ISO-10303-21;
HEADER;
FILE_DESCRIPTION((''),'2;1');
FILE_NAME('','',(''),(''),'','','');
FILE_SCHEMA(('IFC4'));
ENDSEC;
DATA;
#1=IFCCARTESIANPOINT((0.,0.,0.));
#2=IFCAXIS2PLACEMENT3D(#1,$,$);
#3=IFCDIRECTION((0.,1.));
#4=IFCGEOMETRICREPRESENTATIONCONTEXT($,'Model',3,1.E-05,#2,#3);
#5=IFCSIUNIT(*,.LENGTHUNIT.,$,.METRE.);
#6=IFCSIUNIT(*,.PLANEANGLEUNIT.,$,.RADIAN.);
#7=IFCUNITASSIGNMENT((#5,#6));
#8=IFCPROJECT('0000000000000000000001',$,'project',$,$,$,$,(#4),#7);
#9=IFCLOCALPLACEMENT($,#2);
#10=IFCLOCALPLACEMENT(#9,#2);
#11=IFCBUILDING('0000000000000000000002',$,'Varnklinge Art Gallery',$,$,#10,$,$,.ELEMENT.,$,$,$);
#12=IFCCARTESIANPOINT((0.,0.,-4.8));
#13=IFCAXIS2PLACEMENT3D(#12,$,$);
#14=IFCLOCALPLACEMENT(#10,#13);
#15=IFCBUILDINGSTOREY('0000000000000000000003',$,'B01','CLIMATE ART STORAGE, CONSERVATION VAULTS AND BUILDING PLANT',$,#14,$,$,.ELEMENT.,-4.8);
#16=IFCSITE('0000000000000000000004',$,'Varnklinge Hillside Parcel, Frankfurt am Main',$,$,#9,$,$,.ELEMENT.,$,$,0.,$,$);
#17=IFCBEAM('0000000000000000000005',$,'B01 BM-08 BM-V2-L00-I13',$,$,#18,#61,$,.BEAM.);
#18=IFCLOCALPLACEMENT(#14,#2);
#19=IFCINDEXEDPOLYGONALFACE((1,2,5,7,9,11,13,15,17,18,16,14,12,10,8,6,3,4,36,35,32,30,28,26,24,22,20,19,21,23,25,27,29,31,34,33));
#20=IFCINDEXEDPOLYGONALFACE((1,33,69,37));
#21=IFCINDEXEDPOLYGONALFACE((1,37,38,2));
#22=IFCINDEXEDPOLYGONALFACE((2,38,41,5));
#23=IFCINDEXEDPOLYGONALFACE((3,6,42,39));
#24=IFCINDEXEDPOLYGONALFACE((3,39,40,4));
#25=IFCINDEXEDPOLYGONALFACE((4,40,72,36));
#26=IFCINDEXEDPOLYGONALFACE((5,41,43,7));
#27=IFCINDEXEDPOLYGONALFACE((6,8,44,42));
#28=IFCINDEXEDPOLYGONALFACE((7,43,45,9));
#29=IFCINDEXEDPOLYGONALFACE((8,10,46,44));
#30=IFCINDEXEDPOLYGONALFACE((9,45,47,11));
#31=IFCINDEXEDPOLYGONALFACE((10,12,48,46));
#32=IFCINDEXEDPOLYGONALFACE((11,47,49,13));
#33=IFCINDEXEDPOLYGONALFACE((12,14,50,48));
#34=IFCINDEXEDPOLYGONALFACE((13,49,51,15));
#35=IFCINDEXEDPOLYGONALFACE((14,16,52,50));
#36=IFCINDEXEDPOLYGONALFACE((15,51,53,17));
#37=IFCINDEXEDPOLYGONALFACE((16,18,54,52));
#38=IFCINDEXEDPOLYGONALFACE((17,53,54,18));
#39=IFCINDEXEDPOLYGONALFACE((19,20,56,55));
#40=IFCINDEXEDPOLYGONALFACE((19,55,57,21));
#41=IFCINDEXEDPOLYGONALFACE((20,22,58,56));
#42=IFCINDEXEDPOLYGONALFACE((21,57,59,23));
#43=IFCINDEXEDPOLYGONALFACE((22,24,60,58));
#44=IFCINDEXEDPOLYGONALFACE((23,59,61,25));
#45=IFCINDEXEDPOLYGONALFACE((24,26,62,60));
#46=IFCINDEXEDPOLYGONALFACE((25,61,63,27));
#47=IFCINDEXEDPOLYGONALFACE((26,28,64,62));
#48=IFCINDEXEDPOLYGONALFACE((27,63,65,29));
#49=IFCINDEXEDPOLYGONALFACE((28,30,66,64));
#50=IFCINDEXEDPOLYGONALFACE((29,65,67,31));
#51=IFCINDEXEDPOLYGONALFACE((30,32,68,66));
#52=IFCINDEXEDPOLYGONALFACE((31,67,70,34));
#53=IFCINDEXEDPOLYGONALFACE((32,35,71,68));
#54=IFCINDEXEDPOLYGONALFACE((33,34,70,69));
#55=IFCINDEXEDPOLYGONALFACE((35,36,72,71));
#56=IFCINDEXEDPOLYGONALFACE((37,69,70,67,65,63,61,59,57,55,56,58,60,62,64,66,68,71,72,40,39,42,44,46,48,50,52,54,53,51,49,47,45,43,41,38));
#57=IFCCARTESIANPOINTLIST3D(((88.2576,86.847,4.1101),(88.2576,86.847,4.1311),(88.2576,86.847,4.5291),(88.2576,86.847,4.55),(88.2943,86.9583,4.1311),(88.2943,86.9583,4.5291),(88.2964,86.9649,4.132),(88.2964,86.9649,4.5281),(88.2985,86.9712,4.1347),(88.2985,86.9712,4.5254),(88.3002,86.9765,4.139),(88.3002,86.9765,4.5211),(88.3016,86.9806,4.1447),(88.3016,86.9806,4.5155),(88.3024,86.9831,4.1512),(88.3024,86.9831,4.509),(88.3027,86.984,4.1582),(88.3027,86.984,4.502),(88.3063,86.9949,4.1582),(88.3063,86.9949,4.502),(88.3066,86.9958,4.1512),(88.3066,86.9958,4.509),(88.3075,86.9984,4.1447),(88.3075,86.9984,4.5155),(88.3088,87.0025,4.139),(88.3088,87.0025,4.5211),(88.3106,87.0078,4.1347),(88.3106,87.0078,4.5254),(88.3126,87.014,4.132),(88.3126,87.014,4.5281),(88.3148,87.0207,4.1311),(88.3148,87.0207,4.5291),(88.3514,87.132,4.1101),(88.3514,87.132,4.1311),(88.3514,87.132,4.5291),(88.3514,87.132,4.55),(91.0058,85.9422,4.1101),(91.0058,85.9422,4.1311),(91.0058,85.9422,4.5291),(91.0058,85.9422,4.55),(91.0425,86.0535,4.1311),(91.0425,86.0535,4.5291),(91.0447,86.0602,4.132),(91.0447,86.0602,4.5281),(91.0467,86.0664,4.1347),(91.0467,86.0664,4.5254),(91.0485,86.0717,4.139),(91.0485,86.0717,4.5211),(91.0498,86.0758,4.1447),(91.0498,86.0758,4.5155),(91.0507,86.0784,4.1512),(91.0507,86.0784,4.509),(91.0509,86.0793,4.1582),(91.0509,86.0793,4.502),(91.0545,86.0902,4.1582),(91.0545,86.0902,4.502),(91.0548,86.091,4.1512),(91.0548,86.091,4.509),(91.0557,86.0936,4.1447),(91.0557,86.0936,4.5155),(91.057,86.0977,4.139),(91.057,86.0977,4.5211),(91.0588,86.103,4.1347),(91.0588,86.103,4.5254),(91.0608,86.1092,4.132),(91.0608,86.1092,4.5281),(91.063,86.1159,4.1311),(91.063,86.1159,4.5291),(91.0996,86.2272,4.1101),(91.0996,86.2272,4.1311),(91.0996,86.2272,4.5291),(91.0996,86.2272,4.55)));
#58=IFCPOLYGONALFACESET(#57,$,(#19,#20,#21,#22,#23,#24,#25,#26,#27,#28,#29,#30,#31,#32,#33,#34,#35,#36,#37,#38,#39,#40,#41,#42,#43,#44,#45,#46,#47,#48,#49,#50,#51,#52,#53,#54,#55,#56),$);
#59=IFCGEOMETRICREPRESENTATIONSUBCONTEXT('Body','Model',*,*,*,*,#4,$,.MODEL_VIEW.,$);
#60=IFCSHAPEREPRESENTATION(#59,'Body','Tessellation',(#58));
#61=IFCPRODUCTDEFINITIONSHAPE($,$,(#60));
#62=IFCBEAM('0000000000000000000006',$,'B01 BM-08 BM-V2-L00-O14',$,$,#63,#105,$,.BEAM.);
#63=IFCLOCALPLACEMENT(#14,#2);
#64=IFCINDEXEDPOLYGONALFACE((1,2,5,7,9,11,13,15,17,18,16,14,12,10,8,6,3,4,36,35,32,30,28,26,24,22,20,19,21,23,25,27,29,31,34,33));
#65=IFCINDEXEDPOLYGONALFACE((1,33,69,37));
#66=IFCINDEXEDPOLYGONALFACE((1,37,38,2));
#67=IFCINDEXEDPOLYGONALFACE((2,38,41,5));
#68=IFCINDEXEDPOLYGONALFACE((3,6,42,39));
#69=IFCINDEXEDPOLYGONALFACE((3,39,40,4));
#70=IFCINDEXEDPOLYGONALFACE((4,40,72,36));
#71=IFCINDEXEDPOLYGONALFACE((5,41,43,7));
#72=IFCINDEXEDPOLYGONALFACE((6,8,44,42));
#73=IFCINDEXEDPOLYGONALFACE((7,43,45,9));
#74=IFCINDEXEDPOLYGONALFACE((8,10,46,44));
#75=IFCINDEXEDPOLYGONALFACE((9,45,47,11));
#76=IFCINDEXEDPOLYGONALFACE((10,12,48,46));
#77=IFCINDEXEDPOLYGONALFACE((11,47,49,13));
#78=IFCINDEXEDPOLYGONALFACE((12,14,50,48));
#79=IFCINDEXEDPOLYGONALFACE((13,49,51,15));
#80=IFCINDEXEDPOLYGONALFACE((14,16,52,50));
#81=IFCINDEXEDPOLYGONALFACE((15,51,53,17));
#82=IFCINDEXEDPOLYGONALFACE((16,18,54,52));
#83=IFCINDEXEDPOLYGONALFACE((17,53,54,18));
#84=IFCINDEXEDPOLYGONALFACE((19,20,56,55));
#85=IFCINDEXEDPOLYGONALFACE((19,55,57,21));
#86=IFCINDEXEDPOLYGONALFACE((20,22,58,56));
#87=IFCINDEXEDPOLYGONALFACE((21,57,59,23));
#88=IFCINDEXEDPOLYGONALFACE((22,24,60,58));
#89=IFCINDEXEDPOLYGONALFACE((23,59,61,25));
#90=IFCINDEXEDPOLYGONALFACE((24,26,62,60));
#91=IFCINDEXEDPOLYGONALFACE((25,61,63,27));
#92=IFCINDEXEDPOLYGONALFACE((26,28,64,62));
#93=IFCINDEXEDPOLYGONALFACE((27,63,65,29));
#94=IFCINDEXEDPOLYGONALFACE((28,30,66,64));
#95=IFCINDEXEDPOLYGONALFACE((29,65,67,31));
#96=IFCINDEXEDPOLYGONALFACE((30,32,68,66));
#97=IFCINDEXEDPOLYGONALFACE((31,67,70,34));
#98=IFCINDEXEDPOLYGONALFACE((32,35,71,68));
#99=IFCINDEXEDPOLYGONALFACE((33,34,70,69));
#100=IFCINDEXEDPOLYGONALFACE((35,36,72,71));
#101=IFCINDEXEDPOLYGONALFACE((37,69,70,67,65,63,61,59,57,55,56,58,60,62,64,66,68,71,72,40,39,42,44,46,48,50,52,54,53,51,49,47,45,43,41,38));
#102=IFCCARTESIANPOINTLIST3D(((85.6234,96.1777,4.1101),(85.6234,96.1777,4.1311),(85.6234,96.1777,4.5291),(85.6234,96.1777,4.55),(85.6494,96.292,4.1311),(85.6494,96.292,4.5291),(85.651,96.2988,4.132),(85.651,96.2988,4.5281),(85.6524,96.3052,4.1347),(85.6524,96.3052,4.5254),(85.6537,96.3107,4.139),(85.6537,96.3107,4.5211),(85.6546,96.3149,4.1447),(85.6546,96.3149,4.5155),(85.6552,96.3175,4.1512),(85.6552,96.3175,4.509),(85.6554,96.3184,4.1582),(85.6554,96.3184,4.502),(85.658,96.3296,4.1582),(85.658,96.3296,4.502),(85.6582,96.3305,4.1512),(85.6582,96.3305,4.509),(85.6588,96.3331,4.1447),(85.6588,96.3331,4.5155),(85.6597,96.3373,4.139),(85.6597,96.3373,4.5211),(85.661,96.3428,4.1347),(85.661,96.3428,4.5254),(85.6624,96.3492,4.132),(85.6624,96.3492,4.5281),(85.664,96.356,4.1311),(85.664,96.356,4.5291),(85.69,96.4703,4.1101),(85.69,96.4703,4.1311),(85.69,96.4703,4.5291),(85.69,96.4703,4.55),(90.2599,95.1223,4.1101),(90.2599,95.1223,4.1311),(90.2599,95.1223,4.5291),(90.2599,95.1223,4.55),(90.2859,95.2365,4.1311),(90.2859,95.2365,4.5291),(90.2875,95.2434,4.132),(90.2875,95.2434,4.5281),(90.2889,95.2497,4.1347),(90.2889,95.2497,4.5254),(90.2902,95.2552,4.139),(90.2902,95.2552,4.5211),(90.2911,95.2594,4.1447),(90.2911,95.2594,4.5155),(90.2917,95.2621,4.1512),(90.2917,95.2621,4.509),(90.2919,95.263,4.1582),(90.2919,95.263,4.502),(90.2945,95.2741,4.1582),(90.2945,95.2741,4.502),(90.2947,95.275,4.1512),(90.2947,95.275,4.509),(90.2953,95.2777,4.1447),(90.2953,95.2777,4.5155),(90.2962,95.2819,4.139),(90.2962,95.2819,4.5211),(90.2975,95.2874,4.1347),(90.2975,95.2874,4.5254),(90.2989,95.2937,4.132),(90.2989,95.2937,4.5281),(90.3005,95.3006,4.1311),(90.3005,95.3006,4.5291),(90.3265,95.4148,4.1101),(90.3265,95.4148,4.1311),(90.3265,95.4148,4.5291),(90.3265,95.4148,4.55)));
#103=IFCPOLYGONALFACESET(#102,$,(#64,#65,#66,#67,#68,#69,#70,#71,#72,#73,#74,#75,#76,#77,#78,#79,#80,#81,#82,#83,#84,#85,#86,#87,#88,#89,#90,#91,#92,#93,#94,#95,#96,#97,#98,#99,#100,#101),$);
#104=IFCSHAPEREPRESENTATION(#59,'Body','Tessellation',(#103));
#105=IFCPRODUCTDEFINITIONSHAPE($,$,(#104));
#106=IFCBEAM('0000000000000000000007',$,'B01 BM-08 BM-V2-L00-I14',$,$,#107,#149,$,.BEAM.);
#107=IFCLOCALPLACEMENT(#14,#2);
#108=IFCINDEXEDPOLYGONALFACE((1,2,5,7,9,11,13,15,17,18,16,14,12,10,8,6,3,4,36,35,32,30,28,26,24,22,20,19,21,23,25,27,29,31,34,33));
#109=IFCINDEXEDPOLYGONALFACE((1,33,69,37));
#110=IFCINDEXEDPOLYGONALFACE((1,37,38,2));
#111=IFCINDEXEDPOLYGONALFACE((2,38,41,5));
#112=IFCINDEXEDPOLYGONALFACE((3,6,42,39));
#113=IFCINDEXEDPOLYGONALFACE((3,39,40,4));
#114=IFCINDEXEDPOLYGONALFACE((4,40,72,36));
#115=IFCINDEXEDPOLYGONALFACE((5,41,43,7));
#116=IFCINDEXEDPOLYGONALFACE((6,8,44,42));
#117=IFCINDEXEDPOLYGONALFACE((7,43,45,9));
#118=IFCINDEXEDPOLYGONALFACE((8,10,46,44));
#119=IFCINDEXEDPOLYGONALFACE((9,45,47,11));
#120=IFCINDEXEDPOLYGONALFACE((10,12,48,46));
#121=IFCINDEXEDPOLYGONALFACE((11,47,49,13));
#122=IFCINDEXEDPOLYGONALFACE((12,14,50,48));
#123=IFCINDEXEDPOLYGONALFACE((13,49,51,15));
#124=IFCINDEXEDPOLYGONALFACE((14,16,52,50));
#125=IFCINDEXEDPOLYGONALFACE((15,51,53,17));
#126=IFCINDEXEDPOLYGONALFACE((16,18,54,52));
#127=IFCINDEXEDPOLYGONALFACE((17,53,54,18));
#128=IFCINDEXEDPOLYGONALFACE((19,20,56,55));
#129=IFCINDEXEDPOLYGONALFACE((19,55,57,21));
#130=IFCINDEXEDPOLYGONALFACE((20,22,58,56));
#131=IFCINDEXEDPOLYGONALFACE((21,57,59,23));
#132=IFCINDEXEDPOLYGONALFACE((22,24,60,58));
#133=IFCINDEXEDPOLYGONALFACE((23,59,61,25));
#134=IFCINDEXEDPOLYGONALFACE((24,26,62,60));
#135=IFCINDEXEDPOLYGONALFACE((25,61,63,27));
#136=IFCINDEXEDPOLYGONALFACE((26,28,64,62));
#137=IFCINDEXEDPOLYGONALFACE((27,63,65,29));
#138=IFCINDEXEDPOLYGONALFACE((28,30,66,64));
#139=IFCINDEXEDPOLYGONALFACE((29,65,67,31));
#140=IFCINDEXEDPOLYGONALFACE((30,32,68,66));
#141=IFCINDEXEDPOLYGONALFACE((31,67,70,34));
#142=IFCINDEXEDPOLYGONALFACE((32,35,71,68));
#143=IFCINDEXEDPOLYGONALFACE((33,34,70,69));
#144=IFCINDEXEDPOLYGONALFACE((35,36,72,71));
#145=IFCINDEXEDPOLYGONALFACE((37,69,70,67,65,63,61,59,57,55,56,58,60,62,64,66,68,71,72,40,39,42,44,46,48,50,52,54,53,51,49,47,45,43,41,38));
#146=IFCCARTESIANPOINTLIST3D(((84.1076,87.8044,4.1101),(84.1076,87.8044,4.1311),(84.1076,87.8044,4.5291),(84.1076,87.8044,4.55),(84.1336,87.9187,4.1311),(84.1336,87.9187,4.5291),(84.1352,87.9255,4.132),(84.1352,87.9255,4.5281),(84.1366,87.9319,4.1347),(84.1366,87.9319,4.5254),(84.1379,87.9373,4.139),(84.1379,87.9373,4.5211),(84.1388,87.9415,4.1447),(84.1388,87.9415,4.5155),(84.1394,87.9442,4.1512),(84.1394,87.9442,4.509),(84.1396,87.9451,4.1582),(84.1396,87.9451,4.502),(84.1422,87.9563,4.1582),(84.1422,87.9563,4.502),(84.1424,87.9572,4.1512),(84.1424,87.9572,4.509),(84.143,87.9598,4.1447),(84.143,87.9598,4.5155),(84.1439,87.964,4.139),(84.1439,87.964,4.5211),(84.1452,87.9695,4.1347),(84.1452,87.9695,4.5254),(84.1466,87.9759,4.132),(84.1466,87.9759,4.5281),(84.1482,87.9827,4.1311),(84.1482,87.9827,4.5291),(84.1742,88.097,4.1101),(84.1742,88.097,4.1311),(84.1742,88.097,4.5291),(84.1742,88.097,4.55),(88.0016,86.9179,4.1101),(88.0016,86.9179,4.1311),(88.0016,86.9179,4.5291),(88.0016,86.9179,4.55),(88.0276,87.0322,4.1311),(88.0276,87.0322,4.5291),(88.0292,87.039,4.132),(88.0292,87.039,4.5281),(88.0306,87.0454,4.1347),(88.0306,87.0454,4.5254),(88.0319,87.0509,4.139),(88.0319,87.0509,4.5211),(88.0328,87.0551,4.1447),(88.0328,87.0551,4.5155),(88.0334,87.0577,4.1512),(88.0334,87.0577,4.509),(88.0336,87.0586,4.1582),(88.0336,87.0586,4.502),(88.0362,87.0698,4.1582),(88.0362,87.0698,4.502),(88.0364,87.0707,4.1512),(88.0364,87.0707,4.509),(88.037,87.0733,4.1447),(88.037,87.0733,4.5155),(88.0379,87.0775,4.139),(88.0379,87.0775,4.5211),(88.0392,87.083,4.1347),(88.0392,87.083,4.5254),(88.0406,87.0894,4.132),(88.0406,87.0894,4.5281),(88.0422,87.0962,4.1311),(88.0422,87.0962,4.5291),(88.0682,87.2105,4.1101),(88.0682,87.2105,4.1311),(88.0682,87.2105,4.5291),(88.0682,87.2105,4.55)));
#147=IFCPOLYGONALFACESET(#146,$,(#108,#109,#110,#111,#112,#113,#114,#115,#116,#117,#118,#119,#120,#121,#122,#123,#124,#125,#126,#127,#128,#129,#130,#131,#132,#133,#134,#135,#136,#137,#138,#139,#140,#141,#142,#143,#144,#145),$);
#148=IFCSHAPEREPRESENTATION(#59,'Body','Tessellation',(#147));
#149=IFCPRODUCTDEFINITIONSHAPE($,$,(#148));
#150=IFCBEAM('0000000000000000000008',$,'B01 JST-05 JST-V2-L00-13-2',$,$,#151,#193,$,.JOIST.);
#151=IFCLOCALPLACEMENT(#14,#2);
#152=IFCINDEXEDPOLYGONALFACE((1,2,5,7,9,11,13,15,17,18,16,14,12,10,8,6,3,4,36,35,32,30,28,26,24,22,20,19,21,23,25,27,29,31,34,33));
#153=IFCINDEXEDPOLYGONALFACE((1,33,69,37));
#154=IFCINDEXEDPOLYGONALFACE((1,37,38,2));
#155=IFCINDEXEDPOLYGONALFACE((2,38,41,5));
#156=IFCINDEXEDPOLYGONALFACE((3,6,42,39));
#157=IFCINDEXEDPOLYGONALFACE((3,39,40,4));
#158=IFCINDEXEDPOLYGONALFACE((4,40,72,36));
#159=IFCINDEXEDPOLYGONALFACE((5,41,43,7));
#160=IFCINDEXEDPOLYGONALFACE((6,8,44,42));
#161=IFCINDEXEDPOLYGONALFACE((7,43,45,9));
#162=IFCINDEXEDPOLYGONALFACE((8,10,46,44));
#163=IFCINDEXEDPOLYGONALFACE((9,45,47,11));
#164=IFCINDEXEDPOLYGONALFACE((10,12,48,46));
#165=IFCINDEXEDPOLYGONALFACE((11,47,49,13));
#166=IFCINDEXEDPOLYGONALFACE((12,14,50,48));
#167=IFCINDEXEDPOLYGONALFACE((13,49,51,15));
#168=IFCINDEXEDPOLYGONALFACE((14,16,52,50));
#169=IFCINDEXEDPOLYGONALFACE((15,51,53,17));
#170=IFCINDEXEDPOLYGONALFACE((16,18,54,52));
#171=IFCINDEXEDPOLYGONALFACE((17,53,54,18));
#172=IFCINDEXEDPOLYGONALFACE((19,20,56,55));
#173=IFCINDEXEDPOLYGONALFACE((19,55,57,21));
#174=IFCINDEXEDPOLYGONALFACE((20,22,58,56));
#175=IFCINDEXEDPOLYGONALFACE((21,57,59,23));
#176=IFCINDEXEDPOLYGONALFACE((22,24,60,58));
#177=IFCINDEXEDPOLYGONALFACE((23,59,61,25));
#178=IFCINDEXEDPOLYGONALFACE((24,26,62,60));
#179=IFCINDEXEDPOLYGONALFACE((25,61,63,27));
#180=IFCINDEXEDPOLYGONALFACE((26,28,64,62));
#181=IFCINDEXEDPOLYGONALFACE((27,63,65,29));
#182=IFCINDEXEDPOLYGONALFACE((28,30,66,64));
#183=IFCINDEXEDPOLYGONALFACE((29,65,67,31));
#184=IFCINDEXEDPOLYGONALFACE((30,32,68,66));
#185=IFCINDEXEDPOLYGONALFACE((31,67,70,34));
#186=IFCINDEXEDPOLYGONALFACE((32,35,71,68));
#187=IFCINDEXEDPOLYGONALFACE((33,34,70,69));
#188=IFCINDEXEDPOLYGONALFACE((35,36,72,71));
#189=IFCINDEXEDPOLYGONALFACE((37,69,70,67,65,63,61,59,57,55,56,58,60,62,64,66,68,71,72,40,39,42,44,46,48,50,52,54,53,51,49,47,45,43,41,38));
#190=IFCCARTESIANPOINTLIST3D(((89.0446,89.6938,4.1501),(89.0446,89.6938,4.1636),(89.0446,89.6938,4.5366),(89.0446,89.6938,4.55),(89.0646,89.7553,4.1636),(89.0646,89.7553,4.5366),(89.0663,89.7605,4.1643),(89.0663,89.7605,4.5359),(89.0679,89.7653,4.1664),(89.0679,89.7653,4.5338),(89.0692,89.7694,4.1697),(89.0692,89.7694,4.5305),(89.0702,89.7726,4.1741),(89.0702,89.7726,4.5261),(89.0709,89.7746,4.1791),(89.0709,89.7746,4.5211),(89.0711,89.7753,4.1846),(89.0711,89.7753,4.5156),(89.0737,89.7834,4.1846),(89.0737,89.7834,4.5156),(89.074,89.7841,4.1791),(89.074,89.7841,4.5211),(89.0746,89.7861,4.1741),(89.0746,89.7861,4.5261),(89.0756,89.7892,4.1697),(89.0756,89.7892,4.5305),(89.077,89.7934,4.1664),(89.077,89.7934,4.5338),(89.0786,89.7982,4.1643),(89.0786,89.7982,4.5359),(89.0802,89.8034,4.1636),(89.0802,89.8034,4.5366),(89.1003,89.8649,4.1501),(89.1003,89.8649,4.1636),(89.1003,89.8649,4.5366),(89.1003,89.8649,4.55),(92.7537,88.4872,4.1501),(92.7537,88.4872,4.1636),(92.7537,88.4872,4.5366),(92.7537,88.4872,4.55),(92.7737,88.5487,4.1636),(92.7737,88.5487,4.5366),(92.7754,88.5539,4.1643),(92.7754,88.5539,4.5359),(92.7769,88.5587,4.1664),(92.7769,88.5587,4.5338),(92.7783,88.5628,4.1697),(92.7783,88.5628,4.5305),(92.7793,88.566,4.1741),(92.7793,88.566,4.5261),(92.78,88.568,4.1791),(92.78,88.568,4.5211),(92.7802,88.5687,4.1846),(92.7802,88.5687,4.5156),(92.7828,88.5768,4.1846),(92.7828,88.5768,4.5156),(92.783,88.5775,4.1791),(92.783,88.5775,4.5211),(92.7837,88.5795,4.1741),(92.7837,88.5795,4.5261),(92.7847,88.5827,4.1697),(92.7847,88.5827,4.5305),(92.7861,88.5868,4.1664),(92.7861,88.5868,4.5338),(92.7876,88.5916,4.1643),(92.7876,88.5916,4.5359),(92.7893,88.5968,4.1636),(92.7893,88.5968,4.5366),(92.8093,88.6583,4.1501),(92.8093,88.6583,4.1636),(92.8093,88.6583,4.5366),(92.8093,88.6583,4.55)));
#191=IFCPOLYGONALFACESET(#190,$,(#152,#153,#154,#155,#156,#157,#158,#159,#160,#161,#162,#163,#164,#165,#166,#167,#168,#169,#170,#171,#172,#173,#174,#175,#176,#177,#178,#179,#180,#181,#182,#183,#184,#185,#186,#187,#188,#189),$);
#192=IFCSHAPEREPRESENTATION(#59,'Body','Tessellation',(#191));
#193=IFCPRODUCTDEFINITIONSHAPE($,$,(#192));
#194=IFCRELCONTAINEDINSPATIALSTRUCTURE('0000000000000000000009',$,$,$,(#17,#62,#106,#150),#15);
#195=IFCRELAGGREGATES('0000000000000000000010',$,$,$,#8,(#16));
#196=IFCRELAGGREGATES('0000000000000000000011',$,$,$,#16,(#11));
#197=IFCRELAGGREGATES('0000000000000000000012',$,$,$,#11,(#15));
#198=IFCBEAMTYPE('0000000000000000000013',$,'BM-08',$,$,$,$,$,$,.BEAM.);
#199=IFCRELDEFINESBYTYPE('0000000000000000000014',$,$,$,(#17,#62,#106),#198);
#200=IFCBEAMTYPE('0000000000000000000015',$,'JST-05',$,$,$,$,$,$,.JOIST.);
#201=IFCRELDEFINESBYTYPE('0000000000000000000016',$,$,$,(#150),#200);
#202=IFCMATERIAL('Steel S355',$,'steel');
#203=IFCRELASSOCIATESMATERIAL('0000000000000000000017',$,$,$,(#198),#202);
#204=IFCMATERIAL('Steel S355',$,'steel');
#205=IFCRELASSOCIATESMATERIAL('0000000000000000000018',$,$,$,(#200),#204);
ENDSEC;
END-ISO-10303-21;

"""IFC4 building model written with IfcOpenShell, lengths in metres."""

from ifc_helpers import new_model, si_unit, direction, frame, origin, origin_2d, place, context, subcontext, project, spatial, i_section, extrude, material, material_profile, profile_set, type_object, element, save


model = new_model("IFC4")

# Units and contexts
model_context = context("Model", 3, precision=1e-05, world=origin(), true_north=direction((0.0, 1.0)))
body_context = subcontext(model_context, "Body", "Model", "MODEL_VIEW")
ifc_project = project(units=[si_unit("LENGTHUNIT", "METRE"), si_unit("PLANEANGLEUNIT", "RADIAN")], contexts=[model_context])

# Site, building, storey
site_placement = place(None, origin())
site = spatial("IfcSite", under=ifc_project, at=site_placement, Name="Varnklinge Hillside Parcel, Frankfurt am Main", CompositionType="ELEMENT", RefElevation=0.0)
building_placement = place(site_placement, origin())
building = spatial("IfcBuilding", under=site, at=building_placement, Name="Varnklinge Art Gallery", CompositionType="ELEMENT")
storey_placement = place(building_placement, frame((0.0, 0.0, -4.8)))
storey = spatial("IfcBuildingStorey", under=building, at=storey_placement, Name="B01", Description="CLIMATE ART STORAGE, CONSERVATION VAULTS AND BUILDING PLANT", CompositionType="ELEMENT", Elevation=-4.8)

# Beams
ifc_material_1 = material(Name="Steel S355", Category="steel")
ifc_material_profile_1 = material_profile(ifc_material_1, i_section(OverallWidth=0.3, OverallDepth=0.4399, WebThickness=0.0115, FlangeThickness=0.021, FilletRadius=0.0271, at=origin_2d()), Name="HEA 450")
ifc_profile_set_1 = profile_set([ifc_material_profile_1], Name="Steel S355")
beam_type_1 = type_object("IfcBeamType", Name="BM-08", PredefinedType="BEAM", material=ifc_profile_set_1)
beam_1_placement = place(storey_placement, frame((91.0527, 86.0847, 4.3301), z_axis=(-0.94985, 0.312707, 0.0), x_axis=(-0.312707, -0.94985, 0.0)))
element("IfcBeam", 1, at=beam_1_placement, inside=storey, type_object=beam_type_1, Name="B01 BM-08 BM-V2-L00-I13", PredefinedType="BEAM", context=body_context, shape_type="SweptSolid", body=[
    extrude(i_section(OverallWidth=0.3, OverallDepth=0.4399, WebThickness=0.0115, FlangeThickness=0.021, FilletRadius=0.0271, at=origin_2d()), origin(), (0.0, 0.0, 1.0), 2.8933),
])
beam_2_placement = place(storey_placement, frame((90.2932, 95.2686, 4.3301), z_axis=(-0.975057, 0.221956, 0.0), x_axis=(-0.221956, -0.975057, 0.0)))
element("IfcBeam", 2, at=beam_2_placement, inside=storey, type_object=beam_type_1, Name="B01 BM-08 BM-V2-L00-O14", PredefinedType="BEAM", context=body_context, shape_type="SweptSolid", body=[
    extrude(i_section(OverallWidth=0.3, OverallDepth=0.4399, WebThickness=0.0115, FlangeThickness=0.021, FilletRadius=0.0271, at=origin_2d()), origin(), (0.0, 0.0, 1.0), 4.7551),
])
beam_3_placement = place(storey_placement, frame((88.0349, 87.0642, 4.3301), z_axis=(-0.975054, 0.22197, 0.0), x_axis=(-0.22197, -0.975054, 0.0)))
element("IfcBeam", 3, at=beam_3_placement, inside=storey, type_object=beam_type_1, Name="B01 BM-08 BM-V2-L00-I14", PredefinedType="BEAM", context=body_context, shape_type="SweptSolid", body=[
    extrude(i_section(OverallWidth=0.3, OverallDepth=0.4399, WebThickness=0.0115, FlangeThickness=0.021, FilletRadius=0.0271, at=origin_2d()), origin(), (0.0, 0.0, 1.0), 3.9937),
])
ifc_material_2 = material(Name="Steel S355", Category="steel")
ifc_material_profile_2 = material_profile(ifc_material_2, i_section(OverallWidth=0.1799, OverallDepth=0.3999, WebThickness=0.0085, FlangeThickness=0.0134, FilletRadius=0.021, at=origin_2d()), Name="IPE 400")
ifc_profile_set_2 = profile_set([ifc_material_profile_2], Name="Steel S355")
beam_type_2 = type_object("IfcBeamType", Name="JST-05", PredefinedType="JOIST", material=ifc_profile_set_2)
beam_4_placement = place(storey_placement, frame((92.7815, 88.5728, 4.3501), z_axis=(-0.950949, 0.309346, 0.0), x_axis=(-0.309346, -0.950949, 0.0)))
element("IfcBeam", 4, at=beam_4_placement, inside=storey, type_object=beam_type_2, Name="B01 JST-05 JST-V2-L00-13-2", PredefinedType="JOIST", context=body_context, shape_type="SweptSolid", body=[
    extrude(i_section(OverallWidth=0.1799, OverallDepth=0.3999, WebThickness=0.0085, FlangeThickness=0.0134, FilletRadius=0.021, at=origin_2d()), origin(), (0.0, 0.0, 1.0), 3.9004),
])

save(model, "model.ifc")
